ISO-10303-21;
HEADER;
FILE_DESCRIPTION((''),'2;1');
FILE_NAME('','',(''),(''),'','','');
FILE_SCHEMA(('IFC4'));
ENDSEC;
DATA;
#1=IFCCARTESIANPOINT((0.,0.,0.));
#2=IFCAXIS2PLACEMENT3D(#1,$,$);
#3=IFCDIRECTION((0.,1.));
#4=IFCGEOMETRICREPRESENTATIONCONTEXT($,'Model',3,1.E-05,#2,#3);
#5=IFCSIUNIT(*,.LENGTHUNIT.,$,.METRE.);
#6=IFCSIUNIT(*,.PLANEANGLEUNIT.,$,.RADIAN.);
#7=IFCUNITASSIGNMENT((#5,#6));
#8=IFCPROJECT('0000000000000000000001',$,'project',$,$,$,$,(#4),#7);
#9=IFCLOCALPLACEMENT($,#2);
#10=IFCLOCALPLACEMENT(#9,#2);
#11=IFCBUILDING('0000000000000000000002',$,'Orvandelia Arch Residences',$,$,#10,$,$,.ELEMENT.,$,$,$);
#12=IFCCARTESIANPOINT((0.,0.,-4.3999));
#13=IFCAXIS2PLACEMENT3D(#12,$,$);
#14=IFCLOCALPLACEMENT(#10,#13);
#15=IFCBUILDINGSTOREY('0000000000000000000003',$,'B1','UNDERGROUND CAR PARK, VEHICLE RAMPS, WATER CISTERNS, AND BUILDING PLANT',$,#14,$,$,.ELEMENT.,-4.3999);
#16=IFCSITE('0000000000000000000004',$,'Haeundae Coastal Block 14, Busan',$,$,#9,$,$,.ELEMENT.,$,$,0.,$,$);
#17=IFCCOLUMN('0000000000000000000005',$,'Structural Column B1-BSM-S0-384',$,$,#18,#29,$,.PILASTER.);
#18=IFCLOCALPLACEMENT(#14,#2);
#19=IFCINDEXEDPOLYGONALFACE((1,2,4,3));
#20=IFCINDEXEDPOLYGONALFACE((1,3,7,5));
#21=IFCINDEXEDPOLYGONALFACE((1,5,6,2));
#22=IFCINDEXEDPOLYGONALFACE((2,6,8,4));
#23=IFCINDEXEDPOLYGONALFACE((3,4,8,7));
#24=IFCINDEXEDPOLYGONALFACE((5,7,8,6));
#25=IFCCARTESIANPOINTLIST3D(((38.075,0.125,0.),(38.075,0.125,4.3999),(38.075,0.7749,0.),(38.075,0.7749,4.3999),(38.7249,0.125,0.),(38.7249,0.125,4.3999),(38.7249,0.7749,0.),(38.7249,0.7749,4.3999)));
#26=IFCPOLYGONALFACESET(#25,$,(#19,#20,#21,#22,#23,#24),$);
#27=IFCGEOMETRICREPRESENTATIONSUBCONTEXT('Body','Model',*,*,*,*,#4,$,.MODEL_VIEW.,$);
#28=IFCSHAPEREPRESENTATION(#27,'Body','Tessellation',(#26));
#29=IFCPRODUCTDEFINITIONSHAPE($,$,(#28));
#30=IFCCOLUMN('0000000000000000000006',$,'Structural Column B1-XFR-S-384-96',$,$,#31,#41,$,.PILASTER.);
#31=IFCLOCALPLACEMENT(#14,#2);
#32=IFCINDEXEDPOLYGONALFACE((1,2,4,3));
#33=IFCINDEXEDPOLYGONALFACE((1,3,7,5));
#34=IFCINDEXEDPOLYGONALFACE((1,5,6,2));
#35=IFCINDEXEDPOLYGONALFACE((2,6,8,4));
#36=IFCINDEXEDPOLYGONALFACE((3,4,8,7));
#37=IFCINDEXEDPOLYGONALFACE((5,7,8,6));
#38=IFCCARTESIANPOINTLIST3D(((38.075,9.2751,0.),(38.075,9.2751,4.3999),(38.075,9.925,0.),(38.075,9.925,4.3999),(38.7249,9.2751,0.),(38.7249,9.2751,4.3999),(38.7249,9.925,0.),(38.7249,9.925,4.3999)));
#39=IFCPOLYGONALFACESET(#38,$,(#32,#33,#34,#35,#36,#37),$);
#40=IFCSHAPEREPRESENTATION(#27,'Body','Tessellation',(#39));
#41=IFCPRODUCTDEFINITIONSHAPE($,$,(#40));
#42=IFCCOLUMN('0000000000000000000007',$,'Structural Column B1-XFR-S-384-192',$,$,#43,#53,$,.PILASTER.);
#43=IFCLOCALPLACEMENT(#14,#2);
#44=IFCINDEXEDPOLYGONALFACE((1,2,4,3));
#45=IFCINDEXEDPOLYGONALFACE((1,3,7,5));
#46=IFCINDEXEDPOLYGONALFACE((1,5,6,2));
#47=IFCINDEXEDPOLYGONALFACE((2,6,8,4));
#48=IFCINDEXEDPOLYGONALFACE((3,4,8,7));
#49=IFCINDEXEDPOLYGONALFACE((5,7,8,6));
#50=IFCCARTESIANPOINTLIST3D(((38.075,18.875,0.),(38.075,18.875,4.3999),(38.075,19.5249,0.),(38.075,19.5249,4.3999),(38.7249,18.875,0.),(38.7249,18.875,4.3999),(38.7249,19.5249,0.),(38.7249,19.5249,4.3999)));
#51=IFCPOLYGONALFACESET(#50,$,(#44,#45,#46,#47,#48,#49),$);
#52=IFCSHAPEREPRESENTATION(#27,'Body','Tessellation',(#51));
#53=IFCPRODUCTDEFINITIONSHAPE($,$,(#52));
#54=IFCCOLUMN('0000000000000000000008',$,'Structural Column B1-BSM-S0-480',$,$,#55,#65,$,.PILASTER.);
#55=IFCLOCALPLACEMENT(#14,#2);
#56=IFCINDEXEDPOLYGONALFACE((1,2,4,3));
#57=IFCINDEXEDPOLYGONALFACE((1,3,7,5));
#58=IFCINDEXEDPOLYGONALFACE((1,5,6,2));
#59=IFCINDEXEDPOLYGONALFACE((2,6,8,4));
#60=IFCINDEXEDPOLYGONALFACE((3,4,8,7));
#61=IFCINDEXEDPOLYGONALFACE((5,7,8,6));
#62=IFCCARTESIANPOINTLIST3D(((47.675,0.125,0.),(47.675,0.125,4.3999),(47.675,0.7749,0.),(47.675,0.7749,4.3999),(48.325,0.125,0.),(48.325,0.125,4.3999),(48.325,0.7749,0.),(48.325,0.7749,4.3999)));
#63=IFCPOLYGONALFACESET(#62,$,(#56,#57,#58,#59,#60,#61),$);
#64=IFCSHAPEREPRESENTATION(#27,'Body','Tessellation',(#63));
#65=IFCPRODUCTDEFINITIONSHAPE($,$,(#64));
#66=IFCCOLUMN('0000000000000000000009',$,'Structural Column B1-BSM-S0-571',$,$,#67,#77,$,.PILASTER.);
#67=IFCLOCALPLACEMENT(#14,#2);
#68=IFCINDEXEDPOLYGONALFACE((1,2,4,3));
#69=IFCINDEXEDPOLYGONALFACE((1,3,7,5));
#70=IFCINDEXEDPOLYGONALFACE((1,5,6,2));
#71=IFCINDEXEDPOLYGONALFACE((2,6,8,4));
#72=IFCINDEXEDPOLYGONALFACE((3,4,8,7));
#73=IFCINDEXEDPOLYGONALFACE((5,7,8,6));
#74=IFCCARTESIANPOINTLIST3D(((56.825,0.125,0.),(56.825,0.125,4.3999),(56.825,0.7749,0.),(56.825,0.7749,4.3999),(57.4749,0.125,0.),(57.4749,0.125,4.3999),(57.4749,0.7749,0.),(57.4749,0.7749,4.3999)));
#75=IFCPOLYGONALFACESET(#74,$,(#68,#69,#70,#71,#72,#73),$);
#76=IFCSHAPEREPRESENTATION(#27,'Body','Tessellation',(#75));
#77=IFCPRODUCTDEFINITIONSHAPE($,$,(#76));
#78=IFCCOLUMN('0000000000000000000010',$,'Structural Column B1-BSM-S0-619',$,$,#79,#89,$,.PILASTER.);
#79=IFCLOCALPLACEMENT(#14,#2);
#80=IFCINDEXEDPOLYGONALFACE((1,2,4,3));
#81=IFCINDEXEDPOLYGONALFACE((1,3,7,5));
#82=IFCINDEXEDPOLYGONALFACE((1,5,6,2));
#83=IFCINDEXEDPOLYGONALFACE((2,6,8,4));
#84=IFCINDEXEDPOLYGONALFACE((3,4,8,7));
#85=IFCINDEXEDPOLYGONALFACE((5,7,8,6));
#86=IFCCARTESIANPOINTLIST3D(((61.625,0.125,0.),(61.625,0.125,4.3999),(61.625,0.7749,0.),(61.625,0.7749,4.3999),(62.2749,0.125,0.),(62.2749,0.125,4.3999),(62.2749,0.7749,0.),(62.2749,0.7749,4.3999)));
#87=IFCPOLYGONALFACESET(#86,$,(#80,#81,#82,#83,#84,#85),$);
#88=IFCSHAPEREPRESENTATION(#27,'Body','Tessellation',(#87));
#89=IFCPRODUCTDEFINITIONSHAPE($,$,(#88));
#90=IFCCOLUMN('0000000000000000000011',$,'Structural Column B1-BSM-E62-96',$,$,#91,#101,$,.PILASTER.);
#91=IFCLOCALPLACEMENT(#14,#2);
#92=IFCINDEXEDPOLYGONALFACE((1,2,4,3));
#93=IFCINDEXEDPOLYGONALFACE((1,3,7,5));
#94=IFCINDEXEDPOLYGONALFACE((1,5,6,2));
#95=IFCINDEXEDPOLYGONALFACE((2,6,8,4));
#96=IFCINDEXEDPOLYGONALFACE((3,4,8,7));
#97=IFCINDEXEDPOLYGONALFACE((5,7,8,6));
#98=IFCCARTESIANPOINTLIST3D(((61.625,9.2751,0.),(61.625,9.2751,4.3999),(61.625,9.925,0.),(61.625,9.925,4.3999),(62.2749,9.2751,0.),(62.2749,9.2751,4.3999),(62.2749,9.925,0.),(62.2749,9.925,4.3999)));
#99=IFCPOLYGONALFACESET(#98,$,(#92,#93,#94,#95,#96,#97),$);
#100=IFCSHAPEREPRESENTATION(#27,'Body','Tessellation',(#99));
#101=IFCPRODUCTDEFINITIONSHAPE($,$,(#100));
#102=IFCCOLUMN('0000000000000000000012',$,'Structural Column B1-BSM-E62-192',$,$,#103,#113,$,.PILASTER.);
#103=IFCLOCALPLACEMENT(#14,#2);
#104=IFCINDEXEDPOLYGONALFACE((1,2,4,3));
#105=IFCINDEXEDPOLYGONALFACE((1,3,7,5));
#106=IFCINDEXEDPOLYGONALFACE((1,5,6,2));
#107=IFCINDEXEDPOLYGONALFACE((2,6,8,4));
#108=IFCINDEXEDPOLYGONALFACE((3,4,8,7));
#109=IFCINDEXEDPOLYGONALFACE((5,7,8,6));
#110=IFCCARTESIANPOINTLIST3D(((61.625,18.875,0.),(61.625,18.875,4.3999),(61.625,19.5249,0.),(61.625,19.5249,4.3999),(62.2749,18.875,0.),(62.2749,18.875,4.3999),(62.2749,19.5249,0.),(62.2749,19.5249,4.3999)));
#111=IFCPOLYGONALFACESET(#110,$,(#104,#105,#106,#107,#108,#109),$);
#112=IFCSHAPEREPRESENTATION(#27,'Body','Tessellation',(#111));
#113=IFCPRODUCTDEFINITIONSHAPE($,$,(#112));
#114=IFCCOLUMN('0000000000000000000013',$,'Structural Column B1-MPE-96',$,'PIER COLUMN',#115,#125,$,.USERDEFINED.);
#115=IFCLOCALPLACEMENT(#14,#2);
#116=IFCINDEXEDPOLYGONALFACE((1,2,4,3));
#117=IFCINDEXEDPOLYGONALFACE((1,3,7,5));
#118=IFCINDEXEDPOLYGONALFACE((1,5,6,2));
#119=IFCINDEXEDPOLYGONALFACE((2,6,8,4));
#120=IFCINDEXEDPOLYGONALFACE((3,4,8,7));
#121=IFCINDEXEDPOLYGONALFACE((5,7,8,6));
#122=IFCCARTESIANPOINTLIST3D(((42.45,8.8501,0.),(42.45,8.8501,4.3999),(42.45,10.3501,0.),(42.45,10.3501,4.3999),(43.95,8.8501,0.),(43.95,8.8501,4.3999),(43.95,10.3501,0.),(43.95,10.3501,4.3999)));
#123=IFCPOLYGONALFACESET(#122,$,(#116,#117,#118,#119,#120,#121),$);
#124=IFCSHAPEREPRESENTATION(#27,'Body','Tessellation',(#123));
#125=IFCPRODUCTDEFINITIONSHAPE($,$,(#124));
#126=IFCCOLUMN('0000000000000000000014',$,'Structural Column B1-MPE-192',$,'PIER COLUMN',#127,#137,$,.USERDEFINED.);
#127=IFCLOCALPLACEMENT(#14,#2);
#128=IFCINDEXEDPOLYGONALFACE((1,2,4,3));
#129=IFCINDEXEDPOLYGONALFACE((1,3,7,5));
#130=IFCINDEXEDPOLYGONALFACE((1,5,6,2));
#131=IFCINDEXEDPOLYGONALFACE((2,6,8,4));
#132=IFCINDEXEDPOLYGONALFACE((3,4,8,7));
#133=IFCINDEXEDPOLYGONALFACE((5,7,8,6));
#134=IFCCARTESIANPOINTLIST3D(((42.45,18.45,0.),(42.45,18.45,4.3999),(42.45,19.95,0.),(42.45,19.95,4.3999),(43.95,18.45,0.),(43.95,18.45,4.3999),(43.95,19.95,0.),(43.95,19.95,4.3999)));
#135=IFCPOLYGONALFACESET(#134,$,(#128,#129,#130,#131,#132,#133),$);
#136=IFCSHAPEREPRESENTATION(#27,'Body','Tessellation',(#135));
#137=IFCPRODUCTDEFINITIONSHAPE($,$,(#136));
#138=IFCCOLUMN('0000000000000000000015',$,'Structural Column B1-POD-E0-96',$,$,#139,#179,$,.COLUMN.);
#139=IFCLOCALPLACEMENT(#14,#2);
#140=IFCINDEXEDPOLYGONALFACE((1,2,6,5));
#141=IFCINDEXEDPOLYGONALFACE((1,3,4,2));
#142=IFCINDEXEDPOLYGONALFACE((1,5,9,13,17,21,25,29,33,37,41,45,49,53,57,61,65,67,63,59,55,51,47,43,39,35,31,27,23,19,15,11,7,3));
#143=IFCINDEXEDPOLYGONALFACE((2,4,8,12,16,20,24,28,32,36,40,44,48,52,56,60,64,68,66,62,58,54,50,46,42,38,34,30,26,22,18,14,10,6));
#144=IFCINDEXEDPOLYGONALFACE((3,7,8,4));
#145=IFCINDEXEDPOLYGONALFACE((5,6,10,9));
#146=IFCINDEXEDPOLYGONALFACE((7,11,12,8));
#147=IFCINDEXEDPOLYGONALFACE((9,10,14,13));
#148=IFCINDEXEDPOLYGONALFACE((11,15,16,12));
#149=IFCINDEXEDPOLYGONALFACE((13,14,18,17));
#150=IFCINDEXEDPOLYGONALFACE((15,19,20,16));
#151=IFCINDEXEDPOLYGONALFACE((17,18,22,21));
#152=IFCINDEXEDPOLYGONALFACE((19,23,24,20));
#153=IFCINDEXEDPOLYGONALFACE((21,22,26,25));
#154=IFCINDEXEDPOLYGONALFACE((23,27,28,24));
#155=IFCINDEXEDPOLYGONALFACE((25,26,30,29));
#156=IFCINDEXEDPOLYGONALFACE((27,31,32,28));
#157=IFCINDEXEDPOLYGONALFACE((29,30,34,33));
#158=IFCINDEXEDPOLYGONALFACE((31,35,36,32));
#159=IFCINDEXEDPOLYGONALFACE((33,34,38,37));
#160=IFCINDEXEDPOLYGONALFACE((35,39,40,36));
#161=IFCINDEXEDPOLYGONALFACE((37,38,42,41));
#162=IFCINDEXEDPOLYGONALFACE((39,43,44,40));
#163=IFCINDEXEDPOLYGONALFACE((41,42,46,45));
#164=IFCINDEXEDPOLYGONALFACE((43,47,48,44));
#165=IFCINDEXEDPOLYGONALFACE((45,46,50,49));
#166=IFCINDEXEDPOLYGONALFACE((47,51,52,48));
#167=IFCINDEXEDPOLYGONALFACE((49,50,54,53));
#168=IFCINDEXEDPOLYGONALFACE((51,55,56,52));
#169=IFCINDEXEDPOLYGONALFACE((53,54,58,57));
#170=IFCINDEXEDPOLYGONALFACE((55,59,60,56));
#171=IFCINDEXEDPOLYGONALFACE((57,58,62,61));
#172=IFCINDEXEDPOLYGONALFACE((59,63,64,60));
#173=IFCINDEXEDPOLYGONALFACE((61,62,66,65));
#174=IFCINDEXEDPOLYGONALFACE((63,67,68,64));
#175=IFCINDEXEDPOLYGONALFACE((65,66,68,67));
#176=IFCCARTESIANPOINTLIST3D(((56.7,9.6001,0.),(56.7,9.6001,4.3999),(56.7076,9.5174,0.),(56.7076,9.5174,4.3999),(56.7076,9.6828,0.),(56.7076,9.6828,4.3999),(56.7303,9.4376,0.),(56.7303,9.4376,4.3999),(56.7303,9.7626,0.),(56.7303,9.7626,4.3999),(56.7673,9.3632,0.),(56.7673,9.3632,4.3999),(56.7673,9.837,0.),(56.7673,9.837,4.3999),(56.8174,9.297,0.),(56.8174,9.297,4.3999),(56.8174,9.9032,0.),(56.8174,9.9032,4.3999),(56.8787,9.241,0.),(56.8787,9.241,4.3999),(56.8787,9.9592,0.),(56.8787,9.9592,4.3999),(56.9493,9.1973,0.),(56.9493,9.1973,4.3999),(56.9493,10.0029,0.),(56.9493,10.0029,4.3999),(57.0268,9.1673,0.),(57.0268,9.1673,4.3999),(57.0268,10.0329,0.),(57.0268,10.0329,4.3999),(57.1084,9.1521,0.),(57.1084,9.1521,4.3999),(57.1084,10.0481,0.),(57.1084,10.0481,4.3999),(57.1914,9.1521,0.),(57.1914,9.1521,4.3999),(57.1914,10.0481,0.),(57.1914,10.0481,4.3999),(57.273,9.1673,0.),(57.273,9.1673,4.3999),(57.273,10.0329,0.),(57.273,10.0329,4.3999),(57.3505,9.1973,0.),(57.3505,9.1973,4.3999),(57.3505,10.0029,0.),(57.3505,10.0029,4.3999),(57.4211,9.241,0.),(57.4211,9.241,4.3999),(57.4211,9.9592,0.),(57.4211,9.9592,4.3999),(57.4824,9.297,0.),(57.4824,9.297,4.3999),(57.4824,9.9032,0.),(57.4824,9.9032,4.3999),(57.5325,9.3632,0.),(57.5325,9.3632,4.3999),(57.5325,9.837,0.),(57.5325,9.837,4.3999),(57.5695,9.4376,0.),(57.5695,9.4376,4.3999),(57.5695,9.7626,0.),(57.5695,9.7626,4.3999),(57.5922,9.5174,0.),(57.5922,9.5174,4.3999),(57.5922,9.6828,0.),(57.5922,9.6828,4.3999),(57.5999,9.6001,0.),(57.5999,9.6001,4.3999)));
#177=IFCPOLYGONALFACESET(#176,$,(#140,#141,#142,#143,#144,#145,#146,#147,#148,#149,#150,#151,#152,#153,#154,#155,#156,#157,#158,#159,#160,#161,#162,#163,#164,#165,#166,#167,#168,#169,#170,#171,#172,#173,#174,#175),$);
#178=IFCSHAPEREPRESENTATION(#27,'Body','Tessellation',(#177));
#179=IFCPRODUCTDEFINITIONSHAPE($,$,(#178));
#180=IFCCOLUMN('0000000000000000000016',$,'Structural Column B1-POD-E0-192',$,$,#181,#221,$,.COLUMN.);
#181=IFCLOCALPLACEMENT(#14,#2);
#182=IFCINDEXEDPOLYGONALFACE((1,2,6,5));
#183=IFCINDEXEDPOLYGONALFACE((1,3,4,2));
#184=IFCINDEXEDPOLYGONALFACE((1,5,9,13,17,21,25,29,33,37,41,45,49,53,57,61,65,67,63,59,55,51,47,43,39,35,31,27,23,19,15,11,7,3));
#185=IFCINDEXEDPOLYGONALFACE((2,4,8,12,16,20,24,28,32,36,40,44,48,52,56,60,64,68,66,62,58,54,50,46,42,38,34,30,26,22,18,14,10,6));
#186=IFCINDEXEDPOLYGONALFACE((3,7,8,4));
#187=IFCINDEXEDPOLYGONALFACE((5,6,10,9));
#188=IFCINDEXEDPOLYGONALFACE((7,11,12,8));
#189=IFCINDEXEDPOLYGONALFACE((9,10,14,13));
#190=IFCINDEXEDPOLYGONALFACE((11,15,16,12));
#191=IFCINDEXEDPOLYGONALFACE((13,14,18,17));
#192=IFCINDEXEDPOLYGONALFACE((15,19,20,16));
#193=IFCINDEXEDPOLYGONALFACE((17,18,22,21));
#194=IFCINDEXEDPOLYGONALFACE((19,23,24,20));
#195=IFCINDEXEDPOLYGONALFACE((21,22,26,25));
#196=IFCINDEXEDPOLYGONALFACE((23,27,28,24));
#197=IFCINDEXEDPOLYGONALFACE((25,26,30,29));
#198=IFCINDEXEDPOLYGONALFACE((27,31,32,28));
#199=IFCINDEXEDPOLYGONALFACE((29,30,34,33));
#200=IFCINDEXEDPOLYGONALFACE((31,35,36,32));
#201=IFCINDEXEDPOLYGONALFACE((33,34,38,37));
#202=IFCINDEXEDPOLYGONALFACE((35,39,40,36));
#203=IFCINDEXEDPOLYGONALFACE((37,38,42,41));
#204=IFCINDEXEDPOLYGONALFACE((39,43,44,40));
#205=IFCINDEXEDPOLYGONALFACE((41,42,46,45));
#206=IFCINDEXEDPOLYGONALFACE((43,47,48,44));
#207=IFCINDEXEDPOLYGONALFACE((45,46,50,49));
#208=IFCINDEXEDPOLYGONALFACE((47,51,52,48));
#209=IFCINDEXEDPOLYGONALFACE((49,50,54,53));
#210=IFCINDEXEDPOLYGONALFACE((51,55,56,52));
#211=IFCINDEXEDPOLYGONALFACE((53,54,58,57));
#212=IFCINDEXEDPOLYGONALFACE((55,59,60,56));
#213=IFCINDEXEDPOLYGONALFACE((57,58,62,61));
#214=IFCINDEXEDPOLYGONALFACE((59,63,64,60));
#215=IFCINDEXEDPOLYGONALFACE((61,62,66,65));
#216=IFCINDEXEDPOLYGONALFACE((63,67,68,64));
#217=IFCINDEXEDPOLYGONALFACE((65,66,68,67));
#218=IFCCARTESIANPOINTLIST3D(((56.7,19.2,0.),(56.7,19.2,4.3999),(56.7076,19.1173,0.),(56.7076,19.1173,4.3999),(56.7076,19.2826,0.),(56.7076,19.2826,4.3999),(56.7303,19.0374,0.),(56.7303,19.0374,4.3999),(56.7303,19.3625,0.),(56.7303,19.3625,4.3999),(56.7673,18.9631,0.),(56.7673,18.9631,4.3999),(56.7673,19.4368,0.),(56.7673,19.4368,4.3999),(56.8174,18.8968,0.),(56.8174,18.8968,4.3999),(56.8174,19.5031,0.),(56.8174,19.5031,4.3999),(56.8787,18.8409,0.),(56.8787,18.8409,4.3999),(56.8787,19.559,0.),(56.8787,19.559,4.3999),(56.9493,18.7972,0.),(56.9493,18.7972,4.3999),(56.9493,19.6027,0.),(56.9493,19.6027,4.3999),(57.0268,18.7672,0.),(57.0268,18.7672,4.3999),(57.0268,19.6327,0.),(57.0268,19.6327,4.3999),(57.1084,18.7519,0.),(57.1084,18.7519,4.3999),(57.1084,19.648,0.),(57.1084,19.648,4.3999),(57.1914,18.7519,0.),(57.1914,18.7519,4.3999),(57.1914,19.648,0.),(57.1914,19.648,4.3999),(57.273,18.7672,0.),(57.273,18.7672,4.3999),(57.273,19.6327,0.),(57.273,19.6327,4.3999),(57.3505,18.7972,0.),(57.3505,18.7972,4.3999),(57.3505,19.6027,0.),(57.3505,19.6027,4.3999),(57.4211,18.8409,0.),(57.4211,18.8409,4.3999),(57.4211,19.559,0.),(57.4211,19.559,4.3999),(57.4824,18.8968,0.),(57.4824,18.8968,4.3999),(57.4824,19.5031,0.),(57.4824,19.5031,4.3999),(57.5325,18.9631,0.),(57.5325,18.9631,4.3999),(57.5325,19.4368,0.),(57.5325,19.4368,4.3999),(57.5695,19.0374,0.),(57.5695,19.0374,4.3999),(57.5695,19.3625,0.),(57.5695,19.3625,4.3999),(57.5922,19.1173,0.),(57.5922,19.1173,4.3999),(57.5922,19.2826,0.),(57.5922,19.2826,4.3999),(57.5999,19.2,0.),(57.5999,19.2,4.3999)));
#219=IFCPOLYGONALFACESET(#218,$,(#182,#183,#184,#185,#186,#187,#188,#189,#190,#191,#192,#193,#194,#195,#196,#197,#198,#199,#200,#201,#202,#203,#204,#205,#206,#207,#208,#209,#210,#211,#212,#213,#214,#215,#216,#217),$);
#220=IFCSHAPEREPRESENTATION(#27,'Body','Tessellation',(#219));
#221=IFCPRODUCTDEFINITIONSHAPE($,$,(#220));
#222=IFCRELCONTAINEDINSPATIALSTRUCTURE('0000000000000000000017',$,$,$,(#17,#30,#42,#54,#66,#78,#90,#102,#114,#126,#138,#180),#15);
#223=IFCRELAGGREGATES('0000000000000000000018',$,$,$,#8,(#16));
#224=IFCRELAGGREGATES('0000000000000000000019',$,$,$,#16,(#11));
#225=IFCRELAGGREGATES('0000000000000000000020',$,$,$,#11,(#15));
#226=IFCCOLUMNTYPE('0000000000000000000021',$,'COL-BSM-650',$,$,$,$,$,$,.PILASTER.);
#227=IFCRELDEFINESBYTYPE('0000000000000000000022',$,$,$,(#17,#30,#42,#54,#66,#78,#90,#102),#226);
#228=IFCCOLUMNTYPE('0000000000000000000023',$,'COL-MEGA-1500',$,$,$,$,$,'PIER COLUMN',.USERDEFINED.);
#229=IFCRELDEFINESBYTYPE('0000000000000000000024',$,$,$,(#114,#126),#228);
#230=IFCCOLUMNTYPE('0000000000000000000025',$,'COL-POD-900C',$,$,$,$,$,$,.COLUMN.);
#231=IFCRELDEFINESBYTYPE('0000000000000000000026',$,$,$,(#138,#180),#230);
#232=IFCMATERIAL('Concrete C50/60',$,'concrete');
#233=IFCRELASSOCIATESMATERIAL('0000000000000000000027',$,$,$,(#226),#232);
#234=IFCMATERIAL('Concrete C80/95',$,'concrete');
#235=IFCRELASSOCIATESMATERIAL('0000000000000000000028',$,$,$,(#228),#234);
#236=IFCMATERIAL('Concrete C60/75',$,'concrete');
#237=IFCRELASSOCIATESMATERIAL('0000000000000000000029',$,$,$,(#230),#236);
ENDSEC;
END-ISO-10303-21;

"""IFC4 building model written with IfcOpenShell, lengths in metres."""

from ifc_helpers import new_model, si_unit, direction, frame, origin, origin_2d, place, context, subcontext, project, spatial, rectangle, circle, extrude, material, material_profile, profile_set, type_object, element, save


model = new_model("IFC4")

# Units and contexts
model_context = context("Model", 3, precision=1e-05, world=origin(), true_north=direction((0.0, 1.0)))
body_context = subcontext(model_context, "Body", "Model", "MODEL_VIEW")
ifc_project = project(units=[si_unit("LENGTHUNIT", "METRE"), si_unit("PLANEANGLEUNIT", "RADIAN")], contexts=[model_context])

# Site, building, storey
site_placement = place(None, origin())
site = spatial("IfcSite", under=ifc_project, at=site_placement, Name="Haeundae Coastal Block 14, Busan", CompositionType="ELEMENT", RefElevation=0.0)
building_placement = place(site_placement, origin())
building = spatial("IfcBuilding", under=site, at=building_placement, Name="Orvandelia Arch Residences", CompositionType="ELEMENT")
storey_placement = place(building_placement, frame((0.0, 0.0, -4.3999)))
storey = spatial("IfcBuildingStorey", under=building, at=storey_placement, Name="B1", Description="UNDERGROUND CAR PARK, VEHICLE RAMPS, WATER CISTERNS, AND BUILDING PLANT", CompositionType="ELEMENT", Elevation=-4.3999)

# Columns
ifc_material_1 = material(Name="Concrete C50/60", Category="concrete")
ifc_material_profile_1 = material_profile(ifc_material_1, rectangle(XDim=0.6499, YDim=0.6499, at=origin_2d()), Name="Concrete C50/60", Category="concrete")
ifc_profile_set_1 = profile_set([ifc_material_profile_1], Name="Concrete C50/60")
column_type_1 = type_object("IfcColumnType", Name="COL-BSM-650", PredefinedType="PILASTER", material=ifc_profile_set_1)
for number, where, z_axis, x_axis, name in (
    (1, (38.3999, 0.45, 0.0), (0.0, 0.0, 1.0), (1.0, 0.0, 0.0), "Structural Column B1-BSM-S0-384"),
    (2, (38.3999, 9.6001, 0.0), (0.0, 0.0, 1.0), (1.0, 0.0, 0.0), "Structural Column B1-XFR-S-384-96"),
    (3, (38.3999, 19.2, 0.0), (0.0, 0.0, 1.0), (1.0, 0.0, 0.0), "Structural Column B1-XFR-S-384-192"),
    (4, (48.0, 0.45, 0.0), (0.0, 0.0, 1.0), (1.0, 0.0, 0.0), "Structural Column B1-BSM-S0-480"),
    (5, (57.1499, 0.45, 0.0), (0.0, 0.0, 1.0), (1.0, 0.0, 0.0), "Structural Column B1-BSM-S0-571"),
    (6, (61.95, 0.45, 0.0), (0.0, 0.0, 1.0), (1.0, 0.0, 0.0), "Structural Column B1-BSM-S0-619"),
    (7, (61.95, 9.6001, 0.0), (0.0, 0.0, 1.0), (1.0, 0.0, 0.0), "Structural Column B1-BSM-E62-96"),
    (8, (61.95, 19.2, 0.0), (0.0, 0.0, 1.0), (1.0, 0.0, 0.0), "Structural Column B1-BSM-E62-192"),
):
    element("IfcColumn", number, at=place(storey_placement, frame(where, z_axis=z_axis, x_axis=x_axis)), inside=storey, type_object=column_type_1, Name=name, PredefinedType="PILASTER", context=body_context, shape_type="SweptSolid", body=[
        extrude(rectangle(XDim=0.6499, YDim=0.6499, at=origin_2d()), origin(), (0.0, 0.0, 1.0), 4.3999),
    ])
ifc_material_2 = material(Name="Concrete C80/95", Category="concrete")
ifc_material_profile_2 = material_profile(ifc_material_2, rectangle(XDim=1.5, YDim=1.5, at=origin_2d()), Name="Concrete C80/95", Category="concrete")
ifc_profile_set_2 = profile_set([ifc_material_profile_2], Name="Concrete C80/95")
column_type_2 = type_object("IfcColumnType", Name="COL-MEGA-1500", ElementType="PIER COLUMN", PredefinedType="USERDEFINED", material=ifc_profile_set_2)
for number, where, z_axis, x_axis, name in (
    (9, (43.2, 9.6001, 0.0), (0.0, 0.0, 1.0), (1.0, 0.0, 0.0), "Structural Column B1-MPE-96"),
    (10, (43.2, 19.2, 0.0), (0.0, 0.0, 1.0), (1.0, 0.0, 0.0), "Structural Column B1-MPE-192"),
):
    element("IfcColumn", number, at=place(storey_placement, frame(where, z_axis=z_axis, x_axis=x_axis)), inside=storey, type_object=column_type_2, Name=name, ObjectType="PIER COLUMN", PredefinedType="USERDEFINED", context=body_context, shape_type="SweptSolid", body=[
        extrude(rectangle(XDim=1.5, YDim=1.5, at=origin_2d()), origin(), (0.0, 0.0, 1.0), 4.3999),
    ])
ifc_material_3 = material(Name="Concrete C60/75", Category="concrete")
ifc_material_profile_3 = material_profile(ifc_material_3, circle(Radius=0.45, at=origin_2d()), Name="Concrete C60/75", Category="concrete")
ifc_profile_set_3 = profile_set([ifc_material_profile_3], Name="Concrete C60/75")
column_type_3 = type_object("IfcColumnType", Name="COL-POD-900C", PredefinedType="COLUMN", material=ifc_profile_set_3)
for number, where, z_axis, x_axis, name in (
    (11, (57.1499, 9.6001, 0.0), (0.0, 0.0, 1.0), (1.0, 0.0, 0.0), "Structural Column B1-POD-E0-96"),
    (12, (57.1499, 19.2, 0.0), (0.0, 0.0, 1.0), (1.0, 0.0, 0.0), "Structural Column B1-POD-E0-192"),
):
    element("IfcColumn", number, at=place(storey_placement, frame(where, z_axis=z_axis, x_axis=x_axis)), inside=storey, type_object=column_type_3, Name=name, PredefinedType="COLUMN", context=body_context, shape_type="SweptSolid", body=[
        extrude(circle(Radius=0.45, at=origin_2d()), origin(), (0.0, 0.0, 1.0), 4.3999),
    ])

save(model, "model.ifc")
